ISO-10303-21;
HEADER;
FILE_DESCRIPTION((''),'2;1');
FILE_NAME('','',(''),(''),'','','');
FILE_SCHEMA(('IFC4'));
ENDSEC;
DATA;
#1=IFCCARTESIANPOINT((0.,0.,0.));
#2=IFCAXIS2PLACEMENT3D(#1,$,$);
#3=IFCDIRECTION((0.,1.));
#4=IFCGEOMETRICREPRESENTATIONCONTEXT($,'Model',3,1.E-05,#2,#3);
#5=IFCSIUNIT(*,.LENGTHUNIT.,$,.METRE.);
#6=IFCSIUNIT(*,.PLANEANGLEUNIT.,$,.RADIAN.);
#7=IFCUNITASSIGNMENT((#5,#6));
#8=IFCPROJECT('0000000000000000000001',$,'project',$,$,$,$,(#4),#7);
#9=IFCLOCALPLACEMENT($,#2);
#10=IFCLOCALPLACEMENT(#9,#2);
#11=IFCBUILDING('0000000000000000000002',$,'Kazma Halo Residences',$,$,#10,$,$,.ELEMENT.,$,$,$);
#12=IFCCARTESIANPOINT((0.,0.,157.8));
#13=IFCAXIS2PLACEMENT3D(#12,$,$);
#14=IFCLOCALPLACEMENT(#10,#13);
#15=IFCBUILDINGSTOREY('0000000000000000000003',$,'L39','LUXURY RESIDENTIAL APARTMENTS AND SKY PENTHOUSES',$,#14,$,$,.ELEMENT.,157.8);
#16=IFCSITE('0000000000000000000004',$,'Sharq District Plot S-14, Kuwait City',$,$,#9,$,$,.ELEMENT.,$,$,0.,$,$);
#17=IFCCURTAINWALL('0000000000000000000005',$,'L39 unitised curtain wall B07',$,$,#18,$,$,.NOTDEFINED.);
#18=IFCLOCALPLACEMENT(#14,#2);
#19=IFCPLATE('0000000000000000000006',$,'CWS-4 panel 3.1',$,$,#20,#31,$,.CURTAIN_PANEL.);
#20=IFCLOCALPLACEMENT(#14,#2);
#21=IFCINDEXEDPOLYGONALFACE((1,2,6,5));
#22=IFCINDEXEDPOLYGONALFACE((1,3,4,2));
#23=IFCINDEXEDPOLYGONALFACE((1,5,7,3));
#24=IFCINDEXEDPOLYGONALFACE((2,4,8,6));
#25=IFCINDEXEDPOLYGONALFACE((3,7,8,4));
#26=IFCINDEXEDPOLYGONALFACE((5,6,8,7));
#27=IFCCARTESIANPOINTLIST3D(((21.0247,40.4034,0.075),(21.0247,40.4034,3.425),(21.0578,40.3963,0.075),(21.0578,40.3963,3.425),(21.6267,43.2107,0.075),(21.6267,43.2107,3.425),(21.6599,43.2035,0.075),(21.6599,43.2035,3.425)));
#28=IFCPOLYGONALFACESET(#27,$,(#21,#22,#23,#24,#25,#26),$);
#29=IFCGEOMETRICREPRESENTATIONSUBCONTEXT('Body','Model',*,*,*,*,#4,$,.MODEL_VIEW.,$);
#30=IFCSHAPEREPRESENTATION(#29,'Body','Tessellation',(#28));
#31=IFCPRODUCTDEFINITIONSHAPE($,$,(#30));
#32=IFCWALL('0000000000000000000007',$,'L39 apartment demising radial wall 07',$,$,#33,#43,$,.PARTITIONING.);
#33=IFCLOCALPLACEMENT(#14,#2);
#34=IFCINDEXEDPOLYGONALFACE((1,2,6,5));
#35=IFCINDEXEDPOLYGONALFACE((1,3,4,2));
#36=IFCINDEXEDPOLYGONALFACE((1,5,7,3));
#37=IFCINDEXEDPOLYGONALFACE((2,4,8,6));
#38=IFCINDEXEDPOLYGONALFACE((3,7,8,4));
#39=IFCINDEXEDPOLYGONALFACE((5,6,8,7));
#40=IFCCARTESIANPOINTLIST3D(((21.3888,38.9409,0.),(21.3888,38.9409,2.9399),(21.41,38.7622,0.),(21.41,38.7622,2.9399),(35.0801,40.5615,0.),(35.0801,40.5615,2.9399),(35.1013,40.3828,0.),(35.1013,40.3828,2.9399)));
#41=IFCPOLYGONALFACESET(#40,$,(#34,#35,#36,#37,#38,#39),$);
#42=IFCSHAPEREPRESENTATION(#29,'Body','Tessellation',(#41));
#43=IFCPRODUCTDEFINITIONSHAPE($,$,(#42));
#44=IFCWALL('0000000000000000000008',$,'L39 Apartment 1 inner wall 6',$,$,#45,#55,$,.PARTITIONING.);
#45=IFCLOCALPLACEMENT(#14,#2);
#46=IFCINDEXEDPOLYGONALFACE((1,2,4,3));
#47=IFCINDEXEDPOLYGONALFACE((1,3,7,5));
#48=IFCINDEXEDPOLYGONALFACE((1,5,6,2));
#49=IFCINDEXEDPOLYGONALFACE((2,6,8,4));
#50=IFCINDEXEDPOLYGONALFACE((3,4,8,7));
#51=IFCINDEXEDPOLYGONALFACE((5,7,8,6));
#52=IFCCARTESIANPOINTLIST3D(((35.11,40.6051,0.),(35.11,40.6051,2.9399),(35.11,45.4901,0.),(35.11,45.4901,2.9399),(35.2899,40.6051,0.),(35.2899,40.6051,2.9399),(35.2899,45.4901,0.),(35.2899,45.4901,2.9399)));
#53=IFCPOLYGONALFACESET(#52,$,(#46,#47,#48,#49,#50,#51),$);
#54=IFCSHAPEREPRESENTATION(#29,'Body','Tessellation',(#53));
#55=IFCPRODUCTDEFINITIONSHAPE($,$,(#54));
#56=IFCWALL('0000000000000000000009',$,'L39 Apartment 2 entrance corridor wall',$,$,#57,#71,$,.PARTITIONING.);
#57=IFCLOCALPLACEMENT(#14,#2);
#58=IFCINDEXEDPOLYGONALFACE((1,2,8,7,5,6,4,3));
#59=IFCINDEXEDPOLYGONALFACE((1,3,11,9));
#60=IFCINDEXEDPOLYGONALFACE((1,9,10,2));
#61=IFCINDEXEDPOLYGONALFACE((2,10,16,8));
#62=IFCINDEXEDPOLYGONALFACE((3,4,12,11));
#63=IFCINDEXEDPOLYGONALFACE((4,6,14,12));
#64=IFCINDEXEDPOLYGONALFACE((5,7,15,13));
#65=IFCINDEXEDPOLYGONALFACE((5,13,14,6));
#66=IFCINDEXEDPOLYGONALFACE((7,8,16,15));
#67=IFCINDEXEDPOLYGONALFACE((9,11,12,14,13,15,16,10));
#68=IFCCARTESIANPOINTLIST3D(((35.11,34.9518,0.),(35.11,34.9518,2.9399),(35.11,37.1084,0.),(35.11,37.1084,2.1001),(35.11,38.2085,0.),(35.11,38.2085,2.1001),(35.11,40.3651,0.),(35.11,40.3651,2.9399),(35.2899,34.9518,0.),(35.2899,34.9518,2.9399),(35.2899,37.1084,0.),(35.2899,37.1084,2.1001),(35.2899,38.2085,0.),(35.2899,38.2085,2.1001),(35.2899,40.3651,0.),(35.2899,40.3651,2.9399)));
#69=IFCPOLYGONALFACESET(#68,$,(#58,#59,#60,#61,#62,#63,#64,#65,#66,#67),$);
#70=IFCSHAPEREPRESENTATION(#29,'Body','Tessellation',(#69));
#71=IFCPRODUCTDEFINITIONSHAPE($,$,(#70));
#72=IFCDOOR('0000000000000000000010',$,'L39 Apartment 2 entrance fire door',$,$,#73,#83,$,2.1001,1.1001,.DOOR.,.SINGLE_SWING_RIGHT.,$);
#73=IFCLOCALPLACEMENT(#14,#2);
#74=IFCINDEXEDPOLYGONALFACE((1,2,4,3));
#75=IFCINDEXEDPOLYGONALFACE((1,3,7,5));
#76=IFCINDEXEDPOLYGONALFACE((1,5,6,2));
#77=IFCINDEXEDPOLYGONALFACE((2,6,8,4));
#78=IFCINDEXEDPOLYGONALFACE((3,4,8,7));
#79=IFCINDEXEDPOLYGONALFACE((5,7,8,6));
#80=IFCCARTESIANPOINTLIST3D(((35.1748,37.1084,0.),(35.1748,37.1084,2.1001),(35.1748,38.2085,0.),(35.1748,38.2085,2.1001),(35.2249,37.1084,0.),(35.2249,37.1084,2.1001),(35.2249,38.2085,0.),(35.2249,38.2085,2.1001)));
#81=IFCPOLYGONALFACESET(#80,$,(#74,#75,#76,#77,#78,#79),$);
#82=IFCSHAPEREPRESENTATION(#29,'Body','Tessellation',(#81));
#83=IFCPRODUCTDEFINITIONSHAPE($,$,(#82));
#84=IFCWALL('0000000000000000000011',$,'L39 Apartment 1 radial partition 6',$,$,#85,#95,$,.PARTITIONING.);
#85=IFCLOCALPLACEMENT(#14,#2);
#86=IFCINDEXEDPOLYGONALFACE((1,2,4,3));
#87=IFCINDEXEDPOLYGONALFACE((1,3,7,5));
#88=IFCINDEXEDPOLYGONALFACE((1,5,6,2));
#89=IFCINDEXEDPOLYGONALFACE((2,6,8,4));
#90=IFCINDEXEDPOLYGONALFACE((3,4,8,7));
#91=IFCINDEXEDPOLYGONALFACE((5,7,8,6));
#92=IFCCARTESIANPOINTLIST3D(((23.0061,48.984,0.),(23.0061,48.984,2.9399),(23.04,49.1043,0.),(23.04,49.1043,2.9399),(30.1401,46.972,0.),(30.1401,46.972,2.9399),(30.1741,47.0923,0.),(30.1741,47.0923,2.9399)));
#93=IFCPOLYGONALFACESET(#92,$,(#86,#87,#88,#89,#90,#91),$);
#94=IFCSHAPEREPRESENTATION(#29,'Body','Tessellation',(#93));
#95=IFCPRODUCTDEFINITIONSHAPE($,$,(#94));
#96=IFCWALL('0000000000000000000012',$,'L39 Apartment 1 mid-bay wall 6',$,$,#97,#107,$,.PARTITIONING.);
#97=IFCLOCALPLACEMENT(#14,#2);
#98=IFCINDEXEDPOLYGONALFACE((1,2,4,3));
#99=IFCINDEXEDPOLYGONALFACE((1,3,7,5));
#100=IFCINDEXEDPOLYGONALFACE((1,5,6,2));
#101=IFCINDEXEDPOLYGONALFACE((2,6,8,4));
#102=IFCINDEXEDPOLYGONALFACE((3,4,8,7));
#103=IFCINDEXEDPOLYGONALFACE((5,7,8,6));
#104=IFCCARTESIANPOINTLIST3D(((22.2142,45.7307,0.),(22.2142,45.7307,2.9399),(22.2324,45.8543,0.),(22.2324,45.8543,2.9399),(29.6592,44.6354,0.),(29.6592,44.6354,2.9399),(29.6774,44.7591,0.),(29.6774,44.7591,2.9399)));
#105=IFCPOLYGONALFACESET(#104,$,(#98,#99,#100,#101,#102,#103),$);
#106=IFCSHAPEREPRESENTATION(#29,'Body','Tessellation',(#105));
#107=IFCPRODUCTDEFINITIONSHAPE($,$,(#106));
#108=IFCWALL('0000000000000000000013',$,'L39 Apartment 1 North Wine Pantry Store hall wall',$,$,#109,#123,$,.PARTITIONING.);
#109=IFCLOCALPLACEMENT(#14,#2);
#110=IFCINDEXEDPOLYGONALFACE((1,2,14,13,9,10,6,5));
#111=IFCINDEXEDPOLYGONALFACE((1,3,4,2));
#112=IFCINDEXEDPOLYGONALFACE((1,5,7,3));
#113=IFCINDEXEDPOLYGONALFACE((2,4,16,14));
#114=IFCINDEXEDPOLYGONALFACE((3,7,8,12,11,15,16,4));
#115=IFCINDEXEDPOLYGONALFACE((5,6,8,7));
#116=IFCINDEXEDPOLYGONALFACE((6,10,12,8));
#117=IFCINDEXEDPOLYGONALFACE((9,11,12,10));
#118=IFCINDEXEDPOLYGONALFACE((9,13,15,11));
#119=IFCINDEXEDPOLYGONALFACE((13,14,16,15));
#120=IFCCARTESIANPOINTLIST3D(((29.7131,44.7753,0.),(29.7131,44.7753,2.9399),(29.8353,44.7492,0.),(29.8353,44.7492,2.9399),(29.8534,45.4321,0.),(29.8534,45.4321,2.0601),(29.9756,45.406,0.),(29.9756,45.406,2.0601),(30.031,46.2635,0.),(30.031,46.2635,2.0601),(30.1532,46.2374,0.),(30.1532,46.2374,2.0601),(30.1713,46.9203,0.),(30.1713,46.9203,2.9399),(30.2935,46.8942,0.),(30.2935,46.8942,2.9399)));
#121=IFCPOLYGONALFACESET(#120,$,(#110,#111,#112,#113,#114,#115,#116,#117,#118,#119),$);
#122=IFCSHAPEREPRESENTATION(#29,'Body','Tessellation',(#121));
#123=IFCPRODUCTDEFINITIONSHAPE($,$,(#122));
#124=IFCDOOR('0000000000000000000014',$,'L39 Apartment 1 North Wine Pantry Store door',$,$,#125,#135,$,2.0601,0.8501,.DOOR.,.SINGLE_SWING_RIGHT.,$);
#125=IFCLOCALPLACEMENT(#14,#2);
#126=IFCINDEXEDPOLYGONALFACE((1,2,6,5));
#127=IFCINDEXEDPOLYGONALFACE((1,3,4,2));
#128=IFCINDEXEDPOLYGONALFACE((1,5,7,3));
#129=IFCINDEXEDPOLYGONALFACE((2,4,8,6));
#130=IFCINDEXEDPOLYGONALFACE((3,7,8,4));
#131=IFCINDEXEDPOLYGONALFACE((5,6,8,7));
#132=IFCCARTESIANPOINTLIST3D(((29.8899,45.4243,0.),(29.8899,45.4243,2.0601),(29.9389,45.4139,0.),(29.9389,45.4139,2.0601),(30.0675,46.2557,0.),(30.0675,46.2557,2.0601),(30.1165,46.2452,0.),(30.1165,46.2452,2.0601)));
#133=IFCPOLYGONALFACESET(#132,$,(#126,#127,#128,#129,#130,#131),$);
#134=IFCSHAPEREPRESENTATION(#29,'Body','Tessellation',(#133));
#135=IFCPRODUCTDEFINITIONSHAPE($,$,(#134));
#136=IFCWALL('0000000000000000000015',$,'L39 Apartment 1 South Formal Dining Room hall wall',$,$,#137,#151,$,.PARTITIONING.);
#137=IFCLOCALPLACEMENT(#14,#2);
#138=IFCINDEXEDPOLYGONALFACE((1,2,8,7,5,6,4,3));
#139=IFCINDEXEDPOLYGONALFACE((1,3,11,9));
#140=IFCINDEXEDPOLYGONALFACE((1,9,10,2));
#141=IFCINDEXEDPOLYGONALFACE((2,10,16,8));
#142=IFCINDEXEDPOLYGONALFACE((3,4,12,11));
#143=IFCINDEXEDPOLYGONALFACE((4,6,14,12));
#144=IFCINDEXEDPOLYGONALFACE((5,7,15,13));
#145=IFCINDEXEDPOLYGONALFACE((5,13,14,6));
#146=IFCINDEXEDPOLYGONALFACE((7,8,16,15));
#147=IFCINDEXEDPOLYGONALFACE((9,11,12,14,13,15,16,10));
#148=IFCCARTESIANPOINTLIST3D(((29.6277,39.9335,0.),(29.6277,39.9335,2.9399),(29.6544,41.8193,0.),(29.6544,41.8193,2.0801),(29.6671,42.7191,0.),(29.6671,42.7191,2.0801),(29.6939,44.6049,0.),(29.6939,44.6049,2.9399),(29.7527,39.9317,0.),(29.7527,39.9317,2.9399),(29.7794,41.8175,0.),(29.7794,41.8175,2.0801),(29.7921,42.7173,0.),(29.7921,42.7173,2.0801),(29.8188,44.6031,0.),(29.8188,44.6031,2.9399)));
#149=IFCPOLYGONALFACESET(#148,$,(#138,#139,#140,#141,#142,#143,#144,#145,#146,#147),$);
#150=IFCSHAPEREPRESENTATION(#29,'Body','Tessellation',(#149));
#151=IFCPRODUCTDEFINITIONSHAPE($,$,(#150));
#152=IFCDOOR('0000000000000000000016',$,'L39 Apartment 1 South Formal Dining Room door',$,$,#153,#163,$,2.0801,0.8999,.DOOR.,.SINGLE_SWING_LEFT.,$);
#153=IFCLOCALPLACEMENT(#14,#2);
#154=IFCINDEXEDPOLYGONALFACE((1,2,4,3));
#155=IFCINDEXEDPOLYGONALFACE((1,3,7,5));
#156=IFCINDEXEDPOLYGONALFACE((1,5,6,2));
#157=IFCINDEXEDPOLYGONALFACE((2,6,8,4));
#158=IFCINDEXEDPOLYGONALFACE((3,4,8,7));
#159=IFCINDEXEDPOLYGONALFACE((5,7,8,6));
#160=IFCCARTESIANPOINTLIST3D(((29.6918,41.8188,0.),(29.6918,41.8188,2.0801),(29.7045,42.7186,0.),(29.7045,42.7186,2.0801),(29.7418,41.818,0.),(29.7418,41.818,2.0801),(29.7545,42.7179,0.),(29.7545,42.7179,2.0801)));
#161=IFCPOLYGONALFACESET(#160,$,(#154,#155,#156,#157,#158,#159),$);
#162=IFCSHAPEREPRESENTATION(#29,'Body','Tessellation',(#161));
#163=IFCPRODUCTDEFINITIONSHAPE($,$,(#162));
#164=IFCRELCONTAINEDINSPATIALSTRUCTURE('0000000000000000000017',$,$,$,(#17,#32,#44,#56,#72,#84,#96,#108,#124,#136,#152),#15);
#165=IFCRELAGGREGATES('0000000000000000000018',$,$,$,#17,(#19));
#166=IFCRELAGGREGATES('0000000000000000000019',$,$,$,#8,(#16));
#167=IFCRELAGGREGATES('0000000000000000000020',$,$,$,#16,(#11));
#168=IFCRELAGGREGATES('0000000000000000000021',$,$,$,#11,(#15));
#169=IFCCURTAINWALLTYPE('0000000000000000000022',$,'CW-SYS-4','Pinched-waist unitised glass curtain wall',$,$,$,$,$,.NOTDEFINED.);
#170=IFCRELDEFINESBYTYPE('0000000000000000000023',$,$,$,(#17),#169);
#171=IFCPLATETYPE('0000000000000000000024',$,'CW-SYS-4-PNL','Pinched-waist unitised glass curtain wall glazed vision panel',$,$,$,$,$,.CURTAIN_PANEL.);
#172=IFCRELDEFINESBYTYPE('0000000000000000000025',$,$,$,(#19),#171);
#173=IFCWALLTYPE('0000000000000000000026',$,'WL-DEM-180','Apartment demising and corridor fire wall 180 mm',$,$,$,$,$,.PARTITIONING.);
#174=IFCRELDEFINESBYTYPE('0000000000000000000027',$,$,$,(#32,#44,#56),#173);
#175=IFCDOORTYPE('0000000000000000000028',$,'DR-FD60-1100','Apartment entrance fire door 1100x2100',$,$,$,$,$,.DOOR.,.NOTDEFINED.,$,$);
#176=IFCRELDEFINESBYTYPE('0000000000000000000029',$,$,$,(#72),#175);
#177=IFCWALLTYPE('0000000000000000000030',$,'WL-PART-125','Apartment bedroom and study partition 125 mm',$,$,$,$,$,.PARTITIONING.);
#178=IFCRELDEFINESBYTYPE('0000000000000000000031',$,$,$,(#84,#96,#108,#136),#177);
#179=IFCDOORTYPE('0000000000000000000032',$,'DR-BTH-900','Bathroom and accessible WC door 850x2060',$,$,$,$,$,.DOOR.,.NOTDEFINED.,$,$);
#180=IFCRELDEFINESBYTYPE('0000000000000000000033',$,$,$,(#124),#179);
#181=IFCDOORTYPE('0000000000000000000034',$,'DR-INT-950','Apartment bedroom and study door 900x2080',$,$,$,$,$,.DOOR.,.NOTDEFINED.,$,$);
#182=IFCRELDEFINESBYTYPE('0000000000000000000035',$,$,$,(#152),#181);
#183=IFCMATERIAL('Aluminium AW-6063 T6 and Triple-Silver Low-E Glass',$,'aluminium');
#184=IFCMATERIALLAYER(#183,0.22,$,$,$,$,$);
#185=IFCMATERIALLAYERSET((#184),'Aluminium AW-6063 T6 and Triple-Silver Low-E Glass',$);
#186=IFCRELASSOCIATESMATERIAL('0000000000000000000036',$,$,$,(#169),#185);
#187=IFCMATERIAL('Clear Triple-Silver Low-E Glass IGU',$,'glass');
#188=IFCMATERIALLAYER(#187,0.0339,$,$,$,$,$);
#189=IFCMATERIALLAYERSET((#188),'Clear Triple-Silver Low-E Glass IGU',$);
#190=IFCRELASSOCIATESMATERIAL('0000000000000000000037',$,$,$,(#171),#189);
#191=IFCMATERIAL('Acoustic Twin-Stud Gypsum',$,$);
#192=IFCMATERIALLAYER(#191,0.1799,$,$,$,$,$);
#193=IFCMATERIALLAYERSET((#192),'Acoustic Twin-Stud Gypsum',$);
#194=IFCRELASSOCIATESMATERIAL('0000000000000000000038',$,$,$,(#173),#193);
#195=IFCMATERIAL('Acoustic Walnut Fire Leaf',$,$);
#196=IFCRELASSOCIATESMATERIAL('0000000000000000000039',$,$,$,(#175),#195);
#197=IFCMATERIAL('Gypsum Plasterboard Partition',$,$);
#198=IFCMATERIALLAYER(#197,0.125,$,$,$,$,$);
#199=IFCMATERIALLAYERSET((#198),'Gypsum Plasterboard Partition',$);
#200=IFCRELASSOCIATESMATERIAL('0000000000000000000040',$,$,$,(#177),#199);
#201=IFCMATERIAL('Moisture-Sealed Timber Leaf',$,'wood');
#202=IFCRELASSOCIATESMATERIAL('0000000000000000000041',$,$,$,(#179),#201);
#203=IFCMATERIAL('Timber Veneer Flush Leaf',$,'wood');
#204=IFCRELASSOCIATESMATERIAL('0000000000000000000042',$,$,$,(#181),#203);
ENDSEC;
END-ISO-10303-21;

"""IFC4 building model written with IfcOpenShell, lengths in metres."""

from ifc_helpers import new_model, si_unit, direction, frame, frame_2d, origin, origin_2d, place, context, subcontext, project, spatial, rectangle, extrude, material, layer, layer_set, type_object, element, fill, aggregate, save


model = new_model("IFC4")

# Units and contexts
model_context = context("Model", 3, precision=1e-05, world=origin(), true_north=direction((0.0, 1.0)))
body_context = subcontext(model_context, "Body", "Model", "MODEL_VIEW")
ifc_project = project(units=[si_unit("LENGTHUNIT", "METRE"), si_unit("PLANEANGLEUNIT", "RADIAN")], contexts=[model_context])

# Site, building, storey
site_placement = place(None, origin())
site = spatial("IfcSite", under=ifc_project, at=site_placement, Name="Sharq District Plot S-14, Kuwait City", CompositionType="ELEMENT", RefElevation=0.0)
building_placement = place(site_placement, origin())
building = spatial("IfcBuilding", under=site, at=building_placement, Name="Kazma Halo Residences", CompositionType="ELEMENT")
storey_placement = place(building_placement, frame((0.0, 0.0, 157.8)))
storey = spatial("IfcBuildingStorey", under=building, at=storey_placement, Name="L39", Description="LUXURY RESIDENTIAL APARTMENTS AND SKY PENTHOUSES", CompositionType="ELEMENT", Elevation=157.8)

# Curtain wall, plate
ifc_material_1 = material(Name="Aluminium AW-6063 T6 and Triple-Silver Low-E Glass", Category="aluminium")
ifc_layer_1 = layer(ifc_material_1, 0.22)
ifc_layer_set_1 = layer_set([ifc_layer_1], Name="Aluminium AW-6063 T6 and Triple-Silver Low-E Glass")
curtain_wall_type = type_object("IfcCurtainWallType", Name="CW-SYS-4", Description="Pinched-waist unitised glass curtain wall", PredefinedType="NOTDEFINED", material=ifc_layer_set_1)
curtain_wall_placement = place(storey_placement, origin())
curtain_wall = element("IfcCurtainWall", 1, at=curtain_wall_placement, inside=storey, type_object=curtain_wall_type, Name="L39 unitised curtain wall B07", PredefinedType="NOTDEFINED")
ifc_material_2 = material(Name="Clear Triple-Silver Low-E Glass IGU", Category="glass")
ifc_layer_2 = layer(ifc_material_2, 0.0339)
ifc_layer_set_2 = layer_set([ifc_layer_2], Name="Clear Triple-Silver Low-E Glass IGU")
plate_type = type_object("IfcPlateType", Name="CW-SYS-4-PNL", Description="Pinched-waist unitised glass curtain wall glazed vision panel", PredefinedType="CURTAIN_PANEL", material=ifc_layer_set_2)
plate_1_placement = place(storey_placement, frame((21.3423, 41.8035, 0.075), z_axis=(0.0, 0.0, 1.0), x_axis=(-0.209704, -0.977765, 0.0)))
plate_1 = element("IfcPlate", 2, at=plate_1_placement, type_object=plate_type, Name="CWS-4 panel 3.1", PredefinedType="CURTAIN_PANEL", context=body_context, shape_type="SweptSolid", body=[
    extrude(rectangle(XDim=2.8711, YDim=0.0339, at=origin_2d()), origin(), (0.0, 0.0, 1.0), 3.3501),
])
aggregate(curtain_wall, [plate_1])

# Walls
ifc_material_3 = material(Name="Acoustic Twin-Stud Gypsum")
ifc_layer_3 = layer(ifc_material_3, 0.1799)
ifc_layer_set_3 = layer_set([ifc_layer_3], Name="Acoustic Twin-Stud Gypsum")
wall_type_1 = type_object("IfcWallType", Name="WL-DEM-180", Description="Apartment demising and corridor fire wall 180 mm", PredefinedType="PARTITIONING", material=ifc_layer_set_3)
wall_1_placement = place(storey_placement, frame((35.0908, 40.4722, 0.0), z_axis=(0.0, 0.0, 1.0), x_axis=(-0.993067, -0.117546, 0.0)))
element("IfcWall", 3, at=wall_1_placement, inside=storey, type_object=wall_type_1, Name="L39 apartment demising radial wall 07", PredefinedType="PARTITIONING", context=body_context, shape_type="SweptSolid", body=[
    extrude(rectangle(XDim=13.7869, YDim=0.1799, at=frame_2d((6.8936, 0.0))), origin(), (0.0, 0.0, 1.0), 2.9399),
])
wall_2_placement = place(storey_placement, frame((35.2, 45.49, 0.0), z_axis=(0.0, 0.0, 1.0), x_axis=(0.0, -1.0, 0.0)))
element("IfcWall", 4, at=wall_2_placement, inside=storey, type_object=wall_type_1, Name="L39 Apartment 1 inner wall 6", PredefinedType="PARTITIONING", context=body_context, shape_type="SweptSolid", body=[
    extrude(rectangle(XDim=4.885, YDim=0.1799, at=frame_2d((2.4424, 0.0))), origin(), (0.0, 0.0, 1.0), 2.9399),
])

# Wall, opening, door
wall_3_placement = place(storey_placement, frame((35.2, 40.365, 0.0), z_axis=(0.0, 0.0, 1.0), x_axis=(0.0, -1.0, 0.0)))
wall_3 = element("IfcWall", 5, at=wall_3_placement, inside=storey, type_object=wall_type_1, Name="L39 Apartment 2 entrance corridor wall", PredefinedType="PARTITIONING", context=body_context, shape_type="SweptSolid", body=[
    extrude(rectangle(XDim=5.4133, YDim=0.1799, at=frame_2d((2.7065, 0.0))), origin(), (0.0, 0.0, 1.0), 2.9399),
])
opening_1_placement = place(wall_3_placement, frame((2.1565, 0.0, 0.0)))
opening_1 = element("IfcOpeningElement", 6, at=opening_1_placement, cuts=wall_3, PredefinedType="OPENING", context=body_context, shape_type="SweptSolid", body=[
    extrude(rectangle(XDim=1.1001, YDim=2.1001, at=frame_2d((0.55, 1.05))), frame((0.0, 0.0999, 0.0), z_axis=(0.0, -1.0, 0.0), x_axis=(1.0, 0.0, 0.0)), (0.0, 0.0, 1.0), 0.2),
])
ifc_material_4 = material(Name="Acoustic Walnut Fire Leaf")
door_type_1 = type_object("IfcDoorType", Name="DR-FD60-1100", Description="Apartment entrance fire door 1100x2100", OperationType="NOTDEFINED", PredefinedType="DOOR", material=ifc_material_4)
door_1_placement = place(opening_1_placement, origin())
door_1 = element("IfcDoor", 7, at=door_1_placement, inside=storey, type_object=door_type_1, Name="L39 Apartment 2 entrance fire door", OperationType="SINGLE_SWING_RIGHT", OverallHeight=2.1001, OverallWidth=1.1001, PredefinedType="DOOR", context=body_context, shape_type="SweptSolid", body=[
    extrude(rectangle(XDim=1.1001, YDim=2.1001, at=frame_2d((0.55, 1.05))), frame((0.0, 0.0249, 0.0), z_axis=(0.0, -1.0, 0.0), x_axis=(1.0, 0.0, 0.0)), (0.0, 0.0, 1.0), 0.05),
])
fill(opening_1, door_1)

# Walls
ifc_material_5 = material(Name="Gypsum Plasterboard Partition")
ifc_layer_4 = layer(ifc_material_5, 0.125)
ifc_layer_set_4 = layer_set([ifc_layer_4], Name="Gypsum Plasterboard Partition")
wall_type_2 = type_object("IfcWallType", Name="WL-PART-125", Description="Apartment bedroom and study partition 125 mm", PredefinedType="PARTITIONING", material=ifc_layer_set_4)
wall_4_placement = place(storey_placement, frame((30.157, 47.0322, 0.0), z_axis=(0.0, 0.0, 1.0), x_axis=(-0.962457, 0.271435, 0.0)))
element("IfcWall", 8, at=wall_4_placement, inside=storey, type_object=wall_type_2, Name="L39 Apartment 1 radial partition 6", PredefinedType="PARTITIONING", context=body_context, shape_type="SweptSolid", body=[
    extrude(rectangle(XDim=7.4124, YDim=0.125, at=frame_2d((3.7061, 0.0))), origin(), (0.0, 0.0, 1.0), 2.9399),
])
wall_5_placement = place(storey_placement, frame((29.6685, 44.6973, 0.0), z_axis=(0.0, 0.0, 1.0), x_axis=(-0.989352, 0.14554, 0.0)))
element("IfcWall", 9, at=wall_5_placement, inside=storey, type_object=wall_type_2, Name="L39 Apartment 1 mid-bay wall 6", PredefinedType="PARTITIONING", context=body_context, shape_type="SweptSolid", body=[
    extrude(rectangle(XDim=7.5251, YDim=0.125, at=frame_2d((3.7627, 0.0))), origin(), (0.0, 0.0, 1.0), 2.9399),
])

# Walls, openings, doors
wall_6_placement = place(storey_placement, frame((30.2324, 46.9072, 0.0), z_axis=(0.0, 0.0, 1.0), x_axis=(-0.208921, -0.977933, 0.0)))
wall_6 = element("IfcWall", 10, at=wall_6_placement, inside=storey, type_object=wall_type_2, Name="L39 Apartment 1 North Wine Pantry Store hall wall", PredefinedType="PARTITIONING", context=body_context, shape_type="SweptSolid", body=[
    extrude(rectangle(XDim=2.1934, YDim=0.125, at=frame_2d((1.0967, 0.0))), origin(), (0.0, 0.0, 1.0), 2.9399),
])
opening_2_placement = place(wall_6_placement, frame((0.6716, 0.0, 0.0)))
opening_2 = element("IfcOpeningElement", 11, at=opening_2_placement, cuts=wall_6, PredefinedType="OPENING", context=body_context, shape_type="SweptSolid", body=[
    extrude(rectangle(XDim=0.8501, YDim=2.0601, at=frame_2d((0.425, 1.03))), frame((0.0, 0.0725, 0.0), z_axis=(0.0, -1.0, 0.0), x_axis=(1.0, 0.0, 0.0)), (0.0, 0.0, 1.0), 0.145),
])
ifc_material_6 = material(Name="Moisture-Sealed Timber Leaf", Category="wood")
door_type_2 = type_object("IfcDoorType", Name="DR-BTH-900", Description="Bathroom and accessible WC door 850x2060", OperationType="NOTDEFINED", PredefinedType="DOOR", material=ifc_material_6)
door_2_placement = place(opening_2_placement, origin())
door_2 = element("IfcDoor", 12, at=door_2_placement, inside=storey, type_object=door_type_2, Name="L39 Apartment 1 North Wine Pantry Store door", OperationType="SINGLE_SWING_RIGHT", OverallHeight=2.0601, OverallWidth=0.8501, PredefinedType="DOOR", context=body_context, shape_type="SweptSolid", body=[
    extrude(rectangle(XDim=0.8501, YDim=2.0601, at=frame_2d((0.425, 1.03))), frame((0.0, 0.0249, 0.0), z_axis=(0.0, -1.0, 0.0), x_axis=(1.0, 0.0, 0.0)), (0.0, 0.0, 1.0), 0.05),
])
fill(opening_2, door_2)
wall_7_placement = place(storey_placement, frame((29.7563, 44.604, 0.0), z_axis=(0.0, 0.0, 1.0), x_axis=(-0.014162, -0.9999, 0.0)))
wall_7 = element("IfcWall", 13, at=wall_7_placement, inside=storey, type_object=wall_type_2, Name="L39 Apartment 1 South Formal Dining Room hall wall", PredefinedType="PARTITIONING", context=body_context, shape_type="SweptSolid", body=[
    extrude(rectangle(XDim=4.6719, YDim=0.125, at=frame_2d((2.3359, 0.0))), origin(), (0.0, 0.0, 1.0), 2.9399),
])
opening_3_placement = place(wall_7_placement, frame((1.886, 0.0, 0.0)))
opening_3 = element("IfcOpeningElement", 14, at=opening_3_placement, cuts=wall_7, PredefinedType="OPENING", context=body_context, shape_type="SweptSolid", body=[
    extrude(rectangle(XDim=0.8999, YDim=2.0801, at=frame_2d((0.45, 1.04))), frame((0.0, 0.0725, 0.0), z_axis=(0.0, -1.0, 0.0), x_axis=(1.0, 0.0, 0.0)), (0.0, 0.0, 1.0), 0.145),
])
ifc_material_7 = material(Name="Timber Veneer Flush Leaf", Category="wood")
door_type_3 = type_object("IfcDoorType", Name="DR-INT-950", Description="Apartment bedroom and study door 900x2080", OperationType="NOTDEFINED", PredefinedType="DOOR", material=ifc_material_7)
door_3_placement = place(opening_3_placement, origin())
door_3 = element("IfcDoor", 15, at=door_3_placement, inside=storey, type_object=door_type_3, Name="L39 Apartment 1 South Formal Dining Room door", OperationType="SINGLE_SWING_LEFT", OverallHeight=2.0801, OverallWidth=0.8999, PredefinedType="DOOR", context=body_context, shape_type="SweptSolid", body=[
    extrude(rectangle(XDim=0.8999, YDim=2.0801, at=frame_2d((0.45, 1.04))), frame((0.0, 0.0249, 0.0), z_axis=(0.0, -1.0, 0.0), x_axis=(1.0, 0.0, 0.0)), (0.0, 0.0, 1.0), 0.05),
])
fill(opening_3, door_3)

save(model, "model.ifc")
